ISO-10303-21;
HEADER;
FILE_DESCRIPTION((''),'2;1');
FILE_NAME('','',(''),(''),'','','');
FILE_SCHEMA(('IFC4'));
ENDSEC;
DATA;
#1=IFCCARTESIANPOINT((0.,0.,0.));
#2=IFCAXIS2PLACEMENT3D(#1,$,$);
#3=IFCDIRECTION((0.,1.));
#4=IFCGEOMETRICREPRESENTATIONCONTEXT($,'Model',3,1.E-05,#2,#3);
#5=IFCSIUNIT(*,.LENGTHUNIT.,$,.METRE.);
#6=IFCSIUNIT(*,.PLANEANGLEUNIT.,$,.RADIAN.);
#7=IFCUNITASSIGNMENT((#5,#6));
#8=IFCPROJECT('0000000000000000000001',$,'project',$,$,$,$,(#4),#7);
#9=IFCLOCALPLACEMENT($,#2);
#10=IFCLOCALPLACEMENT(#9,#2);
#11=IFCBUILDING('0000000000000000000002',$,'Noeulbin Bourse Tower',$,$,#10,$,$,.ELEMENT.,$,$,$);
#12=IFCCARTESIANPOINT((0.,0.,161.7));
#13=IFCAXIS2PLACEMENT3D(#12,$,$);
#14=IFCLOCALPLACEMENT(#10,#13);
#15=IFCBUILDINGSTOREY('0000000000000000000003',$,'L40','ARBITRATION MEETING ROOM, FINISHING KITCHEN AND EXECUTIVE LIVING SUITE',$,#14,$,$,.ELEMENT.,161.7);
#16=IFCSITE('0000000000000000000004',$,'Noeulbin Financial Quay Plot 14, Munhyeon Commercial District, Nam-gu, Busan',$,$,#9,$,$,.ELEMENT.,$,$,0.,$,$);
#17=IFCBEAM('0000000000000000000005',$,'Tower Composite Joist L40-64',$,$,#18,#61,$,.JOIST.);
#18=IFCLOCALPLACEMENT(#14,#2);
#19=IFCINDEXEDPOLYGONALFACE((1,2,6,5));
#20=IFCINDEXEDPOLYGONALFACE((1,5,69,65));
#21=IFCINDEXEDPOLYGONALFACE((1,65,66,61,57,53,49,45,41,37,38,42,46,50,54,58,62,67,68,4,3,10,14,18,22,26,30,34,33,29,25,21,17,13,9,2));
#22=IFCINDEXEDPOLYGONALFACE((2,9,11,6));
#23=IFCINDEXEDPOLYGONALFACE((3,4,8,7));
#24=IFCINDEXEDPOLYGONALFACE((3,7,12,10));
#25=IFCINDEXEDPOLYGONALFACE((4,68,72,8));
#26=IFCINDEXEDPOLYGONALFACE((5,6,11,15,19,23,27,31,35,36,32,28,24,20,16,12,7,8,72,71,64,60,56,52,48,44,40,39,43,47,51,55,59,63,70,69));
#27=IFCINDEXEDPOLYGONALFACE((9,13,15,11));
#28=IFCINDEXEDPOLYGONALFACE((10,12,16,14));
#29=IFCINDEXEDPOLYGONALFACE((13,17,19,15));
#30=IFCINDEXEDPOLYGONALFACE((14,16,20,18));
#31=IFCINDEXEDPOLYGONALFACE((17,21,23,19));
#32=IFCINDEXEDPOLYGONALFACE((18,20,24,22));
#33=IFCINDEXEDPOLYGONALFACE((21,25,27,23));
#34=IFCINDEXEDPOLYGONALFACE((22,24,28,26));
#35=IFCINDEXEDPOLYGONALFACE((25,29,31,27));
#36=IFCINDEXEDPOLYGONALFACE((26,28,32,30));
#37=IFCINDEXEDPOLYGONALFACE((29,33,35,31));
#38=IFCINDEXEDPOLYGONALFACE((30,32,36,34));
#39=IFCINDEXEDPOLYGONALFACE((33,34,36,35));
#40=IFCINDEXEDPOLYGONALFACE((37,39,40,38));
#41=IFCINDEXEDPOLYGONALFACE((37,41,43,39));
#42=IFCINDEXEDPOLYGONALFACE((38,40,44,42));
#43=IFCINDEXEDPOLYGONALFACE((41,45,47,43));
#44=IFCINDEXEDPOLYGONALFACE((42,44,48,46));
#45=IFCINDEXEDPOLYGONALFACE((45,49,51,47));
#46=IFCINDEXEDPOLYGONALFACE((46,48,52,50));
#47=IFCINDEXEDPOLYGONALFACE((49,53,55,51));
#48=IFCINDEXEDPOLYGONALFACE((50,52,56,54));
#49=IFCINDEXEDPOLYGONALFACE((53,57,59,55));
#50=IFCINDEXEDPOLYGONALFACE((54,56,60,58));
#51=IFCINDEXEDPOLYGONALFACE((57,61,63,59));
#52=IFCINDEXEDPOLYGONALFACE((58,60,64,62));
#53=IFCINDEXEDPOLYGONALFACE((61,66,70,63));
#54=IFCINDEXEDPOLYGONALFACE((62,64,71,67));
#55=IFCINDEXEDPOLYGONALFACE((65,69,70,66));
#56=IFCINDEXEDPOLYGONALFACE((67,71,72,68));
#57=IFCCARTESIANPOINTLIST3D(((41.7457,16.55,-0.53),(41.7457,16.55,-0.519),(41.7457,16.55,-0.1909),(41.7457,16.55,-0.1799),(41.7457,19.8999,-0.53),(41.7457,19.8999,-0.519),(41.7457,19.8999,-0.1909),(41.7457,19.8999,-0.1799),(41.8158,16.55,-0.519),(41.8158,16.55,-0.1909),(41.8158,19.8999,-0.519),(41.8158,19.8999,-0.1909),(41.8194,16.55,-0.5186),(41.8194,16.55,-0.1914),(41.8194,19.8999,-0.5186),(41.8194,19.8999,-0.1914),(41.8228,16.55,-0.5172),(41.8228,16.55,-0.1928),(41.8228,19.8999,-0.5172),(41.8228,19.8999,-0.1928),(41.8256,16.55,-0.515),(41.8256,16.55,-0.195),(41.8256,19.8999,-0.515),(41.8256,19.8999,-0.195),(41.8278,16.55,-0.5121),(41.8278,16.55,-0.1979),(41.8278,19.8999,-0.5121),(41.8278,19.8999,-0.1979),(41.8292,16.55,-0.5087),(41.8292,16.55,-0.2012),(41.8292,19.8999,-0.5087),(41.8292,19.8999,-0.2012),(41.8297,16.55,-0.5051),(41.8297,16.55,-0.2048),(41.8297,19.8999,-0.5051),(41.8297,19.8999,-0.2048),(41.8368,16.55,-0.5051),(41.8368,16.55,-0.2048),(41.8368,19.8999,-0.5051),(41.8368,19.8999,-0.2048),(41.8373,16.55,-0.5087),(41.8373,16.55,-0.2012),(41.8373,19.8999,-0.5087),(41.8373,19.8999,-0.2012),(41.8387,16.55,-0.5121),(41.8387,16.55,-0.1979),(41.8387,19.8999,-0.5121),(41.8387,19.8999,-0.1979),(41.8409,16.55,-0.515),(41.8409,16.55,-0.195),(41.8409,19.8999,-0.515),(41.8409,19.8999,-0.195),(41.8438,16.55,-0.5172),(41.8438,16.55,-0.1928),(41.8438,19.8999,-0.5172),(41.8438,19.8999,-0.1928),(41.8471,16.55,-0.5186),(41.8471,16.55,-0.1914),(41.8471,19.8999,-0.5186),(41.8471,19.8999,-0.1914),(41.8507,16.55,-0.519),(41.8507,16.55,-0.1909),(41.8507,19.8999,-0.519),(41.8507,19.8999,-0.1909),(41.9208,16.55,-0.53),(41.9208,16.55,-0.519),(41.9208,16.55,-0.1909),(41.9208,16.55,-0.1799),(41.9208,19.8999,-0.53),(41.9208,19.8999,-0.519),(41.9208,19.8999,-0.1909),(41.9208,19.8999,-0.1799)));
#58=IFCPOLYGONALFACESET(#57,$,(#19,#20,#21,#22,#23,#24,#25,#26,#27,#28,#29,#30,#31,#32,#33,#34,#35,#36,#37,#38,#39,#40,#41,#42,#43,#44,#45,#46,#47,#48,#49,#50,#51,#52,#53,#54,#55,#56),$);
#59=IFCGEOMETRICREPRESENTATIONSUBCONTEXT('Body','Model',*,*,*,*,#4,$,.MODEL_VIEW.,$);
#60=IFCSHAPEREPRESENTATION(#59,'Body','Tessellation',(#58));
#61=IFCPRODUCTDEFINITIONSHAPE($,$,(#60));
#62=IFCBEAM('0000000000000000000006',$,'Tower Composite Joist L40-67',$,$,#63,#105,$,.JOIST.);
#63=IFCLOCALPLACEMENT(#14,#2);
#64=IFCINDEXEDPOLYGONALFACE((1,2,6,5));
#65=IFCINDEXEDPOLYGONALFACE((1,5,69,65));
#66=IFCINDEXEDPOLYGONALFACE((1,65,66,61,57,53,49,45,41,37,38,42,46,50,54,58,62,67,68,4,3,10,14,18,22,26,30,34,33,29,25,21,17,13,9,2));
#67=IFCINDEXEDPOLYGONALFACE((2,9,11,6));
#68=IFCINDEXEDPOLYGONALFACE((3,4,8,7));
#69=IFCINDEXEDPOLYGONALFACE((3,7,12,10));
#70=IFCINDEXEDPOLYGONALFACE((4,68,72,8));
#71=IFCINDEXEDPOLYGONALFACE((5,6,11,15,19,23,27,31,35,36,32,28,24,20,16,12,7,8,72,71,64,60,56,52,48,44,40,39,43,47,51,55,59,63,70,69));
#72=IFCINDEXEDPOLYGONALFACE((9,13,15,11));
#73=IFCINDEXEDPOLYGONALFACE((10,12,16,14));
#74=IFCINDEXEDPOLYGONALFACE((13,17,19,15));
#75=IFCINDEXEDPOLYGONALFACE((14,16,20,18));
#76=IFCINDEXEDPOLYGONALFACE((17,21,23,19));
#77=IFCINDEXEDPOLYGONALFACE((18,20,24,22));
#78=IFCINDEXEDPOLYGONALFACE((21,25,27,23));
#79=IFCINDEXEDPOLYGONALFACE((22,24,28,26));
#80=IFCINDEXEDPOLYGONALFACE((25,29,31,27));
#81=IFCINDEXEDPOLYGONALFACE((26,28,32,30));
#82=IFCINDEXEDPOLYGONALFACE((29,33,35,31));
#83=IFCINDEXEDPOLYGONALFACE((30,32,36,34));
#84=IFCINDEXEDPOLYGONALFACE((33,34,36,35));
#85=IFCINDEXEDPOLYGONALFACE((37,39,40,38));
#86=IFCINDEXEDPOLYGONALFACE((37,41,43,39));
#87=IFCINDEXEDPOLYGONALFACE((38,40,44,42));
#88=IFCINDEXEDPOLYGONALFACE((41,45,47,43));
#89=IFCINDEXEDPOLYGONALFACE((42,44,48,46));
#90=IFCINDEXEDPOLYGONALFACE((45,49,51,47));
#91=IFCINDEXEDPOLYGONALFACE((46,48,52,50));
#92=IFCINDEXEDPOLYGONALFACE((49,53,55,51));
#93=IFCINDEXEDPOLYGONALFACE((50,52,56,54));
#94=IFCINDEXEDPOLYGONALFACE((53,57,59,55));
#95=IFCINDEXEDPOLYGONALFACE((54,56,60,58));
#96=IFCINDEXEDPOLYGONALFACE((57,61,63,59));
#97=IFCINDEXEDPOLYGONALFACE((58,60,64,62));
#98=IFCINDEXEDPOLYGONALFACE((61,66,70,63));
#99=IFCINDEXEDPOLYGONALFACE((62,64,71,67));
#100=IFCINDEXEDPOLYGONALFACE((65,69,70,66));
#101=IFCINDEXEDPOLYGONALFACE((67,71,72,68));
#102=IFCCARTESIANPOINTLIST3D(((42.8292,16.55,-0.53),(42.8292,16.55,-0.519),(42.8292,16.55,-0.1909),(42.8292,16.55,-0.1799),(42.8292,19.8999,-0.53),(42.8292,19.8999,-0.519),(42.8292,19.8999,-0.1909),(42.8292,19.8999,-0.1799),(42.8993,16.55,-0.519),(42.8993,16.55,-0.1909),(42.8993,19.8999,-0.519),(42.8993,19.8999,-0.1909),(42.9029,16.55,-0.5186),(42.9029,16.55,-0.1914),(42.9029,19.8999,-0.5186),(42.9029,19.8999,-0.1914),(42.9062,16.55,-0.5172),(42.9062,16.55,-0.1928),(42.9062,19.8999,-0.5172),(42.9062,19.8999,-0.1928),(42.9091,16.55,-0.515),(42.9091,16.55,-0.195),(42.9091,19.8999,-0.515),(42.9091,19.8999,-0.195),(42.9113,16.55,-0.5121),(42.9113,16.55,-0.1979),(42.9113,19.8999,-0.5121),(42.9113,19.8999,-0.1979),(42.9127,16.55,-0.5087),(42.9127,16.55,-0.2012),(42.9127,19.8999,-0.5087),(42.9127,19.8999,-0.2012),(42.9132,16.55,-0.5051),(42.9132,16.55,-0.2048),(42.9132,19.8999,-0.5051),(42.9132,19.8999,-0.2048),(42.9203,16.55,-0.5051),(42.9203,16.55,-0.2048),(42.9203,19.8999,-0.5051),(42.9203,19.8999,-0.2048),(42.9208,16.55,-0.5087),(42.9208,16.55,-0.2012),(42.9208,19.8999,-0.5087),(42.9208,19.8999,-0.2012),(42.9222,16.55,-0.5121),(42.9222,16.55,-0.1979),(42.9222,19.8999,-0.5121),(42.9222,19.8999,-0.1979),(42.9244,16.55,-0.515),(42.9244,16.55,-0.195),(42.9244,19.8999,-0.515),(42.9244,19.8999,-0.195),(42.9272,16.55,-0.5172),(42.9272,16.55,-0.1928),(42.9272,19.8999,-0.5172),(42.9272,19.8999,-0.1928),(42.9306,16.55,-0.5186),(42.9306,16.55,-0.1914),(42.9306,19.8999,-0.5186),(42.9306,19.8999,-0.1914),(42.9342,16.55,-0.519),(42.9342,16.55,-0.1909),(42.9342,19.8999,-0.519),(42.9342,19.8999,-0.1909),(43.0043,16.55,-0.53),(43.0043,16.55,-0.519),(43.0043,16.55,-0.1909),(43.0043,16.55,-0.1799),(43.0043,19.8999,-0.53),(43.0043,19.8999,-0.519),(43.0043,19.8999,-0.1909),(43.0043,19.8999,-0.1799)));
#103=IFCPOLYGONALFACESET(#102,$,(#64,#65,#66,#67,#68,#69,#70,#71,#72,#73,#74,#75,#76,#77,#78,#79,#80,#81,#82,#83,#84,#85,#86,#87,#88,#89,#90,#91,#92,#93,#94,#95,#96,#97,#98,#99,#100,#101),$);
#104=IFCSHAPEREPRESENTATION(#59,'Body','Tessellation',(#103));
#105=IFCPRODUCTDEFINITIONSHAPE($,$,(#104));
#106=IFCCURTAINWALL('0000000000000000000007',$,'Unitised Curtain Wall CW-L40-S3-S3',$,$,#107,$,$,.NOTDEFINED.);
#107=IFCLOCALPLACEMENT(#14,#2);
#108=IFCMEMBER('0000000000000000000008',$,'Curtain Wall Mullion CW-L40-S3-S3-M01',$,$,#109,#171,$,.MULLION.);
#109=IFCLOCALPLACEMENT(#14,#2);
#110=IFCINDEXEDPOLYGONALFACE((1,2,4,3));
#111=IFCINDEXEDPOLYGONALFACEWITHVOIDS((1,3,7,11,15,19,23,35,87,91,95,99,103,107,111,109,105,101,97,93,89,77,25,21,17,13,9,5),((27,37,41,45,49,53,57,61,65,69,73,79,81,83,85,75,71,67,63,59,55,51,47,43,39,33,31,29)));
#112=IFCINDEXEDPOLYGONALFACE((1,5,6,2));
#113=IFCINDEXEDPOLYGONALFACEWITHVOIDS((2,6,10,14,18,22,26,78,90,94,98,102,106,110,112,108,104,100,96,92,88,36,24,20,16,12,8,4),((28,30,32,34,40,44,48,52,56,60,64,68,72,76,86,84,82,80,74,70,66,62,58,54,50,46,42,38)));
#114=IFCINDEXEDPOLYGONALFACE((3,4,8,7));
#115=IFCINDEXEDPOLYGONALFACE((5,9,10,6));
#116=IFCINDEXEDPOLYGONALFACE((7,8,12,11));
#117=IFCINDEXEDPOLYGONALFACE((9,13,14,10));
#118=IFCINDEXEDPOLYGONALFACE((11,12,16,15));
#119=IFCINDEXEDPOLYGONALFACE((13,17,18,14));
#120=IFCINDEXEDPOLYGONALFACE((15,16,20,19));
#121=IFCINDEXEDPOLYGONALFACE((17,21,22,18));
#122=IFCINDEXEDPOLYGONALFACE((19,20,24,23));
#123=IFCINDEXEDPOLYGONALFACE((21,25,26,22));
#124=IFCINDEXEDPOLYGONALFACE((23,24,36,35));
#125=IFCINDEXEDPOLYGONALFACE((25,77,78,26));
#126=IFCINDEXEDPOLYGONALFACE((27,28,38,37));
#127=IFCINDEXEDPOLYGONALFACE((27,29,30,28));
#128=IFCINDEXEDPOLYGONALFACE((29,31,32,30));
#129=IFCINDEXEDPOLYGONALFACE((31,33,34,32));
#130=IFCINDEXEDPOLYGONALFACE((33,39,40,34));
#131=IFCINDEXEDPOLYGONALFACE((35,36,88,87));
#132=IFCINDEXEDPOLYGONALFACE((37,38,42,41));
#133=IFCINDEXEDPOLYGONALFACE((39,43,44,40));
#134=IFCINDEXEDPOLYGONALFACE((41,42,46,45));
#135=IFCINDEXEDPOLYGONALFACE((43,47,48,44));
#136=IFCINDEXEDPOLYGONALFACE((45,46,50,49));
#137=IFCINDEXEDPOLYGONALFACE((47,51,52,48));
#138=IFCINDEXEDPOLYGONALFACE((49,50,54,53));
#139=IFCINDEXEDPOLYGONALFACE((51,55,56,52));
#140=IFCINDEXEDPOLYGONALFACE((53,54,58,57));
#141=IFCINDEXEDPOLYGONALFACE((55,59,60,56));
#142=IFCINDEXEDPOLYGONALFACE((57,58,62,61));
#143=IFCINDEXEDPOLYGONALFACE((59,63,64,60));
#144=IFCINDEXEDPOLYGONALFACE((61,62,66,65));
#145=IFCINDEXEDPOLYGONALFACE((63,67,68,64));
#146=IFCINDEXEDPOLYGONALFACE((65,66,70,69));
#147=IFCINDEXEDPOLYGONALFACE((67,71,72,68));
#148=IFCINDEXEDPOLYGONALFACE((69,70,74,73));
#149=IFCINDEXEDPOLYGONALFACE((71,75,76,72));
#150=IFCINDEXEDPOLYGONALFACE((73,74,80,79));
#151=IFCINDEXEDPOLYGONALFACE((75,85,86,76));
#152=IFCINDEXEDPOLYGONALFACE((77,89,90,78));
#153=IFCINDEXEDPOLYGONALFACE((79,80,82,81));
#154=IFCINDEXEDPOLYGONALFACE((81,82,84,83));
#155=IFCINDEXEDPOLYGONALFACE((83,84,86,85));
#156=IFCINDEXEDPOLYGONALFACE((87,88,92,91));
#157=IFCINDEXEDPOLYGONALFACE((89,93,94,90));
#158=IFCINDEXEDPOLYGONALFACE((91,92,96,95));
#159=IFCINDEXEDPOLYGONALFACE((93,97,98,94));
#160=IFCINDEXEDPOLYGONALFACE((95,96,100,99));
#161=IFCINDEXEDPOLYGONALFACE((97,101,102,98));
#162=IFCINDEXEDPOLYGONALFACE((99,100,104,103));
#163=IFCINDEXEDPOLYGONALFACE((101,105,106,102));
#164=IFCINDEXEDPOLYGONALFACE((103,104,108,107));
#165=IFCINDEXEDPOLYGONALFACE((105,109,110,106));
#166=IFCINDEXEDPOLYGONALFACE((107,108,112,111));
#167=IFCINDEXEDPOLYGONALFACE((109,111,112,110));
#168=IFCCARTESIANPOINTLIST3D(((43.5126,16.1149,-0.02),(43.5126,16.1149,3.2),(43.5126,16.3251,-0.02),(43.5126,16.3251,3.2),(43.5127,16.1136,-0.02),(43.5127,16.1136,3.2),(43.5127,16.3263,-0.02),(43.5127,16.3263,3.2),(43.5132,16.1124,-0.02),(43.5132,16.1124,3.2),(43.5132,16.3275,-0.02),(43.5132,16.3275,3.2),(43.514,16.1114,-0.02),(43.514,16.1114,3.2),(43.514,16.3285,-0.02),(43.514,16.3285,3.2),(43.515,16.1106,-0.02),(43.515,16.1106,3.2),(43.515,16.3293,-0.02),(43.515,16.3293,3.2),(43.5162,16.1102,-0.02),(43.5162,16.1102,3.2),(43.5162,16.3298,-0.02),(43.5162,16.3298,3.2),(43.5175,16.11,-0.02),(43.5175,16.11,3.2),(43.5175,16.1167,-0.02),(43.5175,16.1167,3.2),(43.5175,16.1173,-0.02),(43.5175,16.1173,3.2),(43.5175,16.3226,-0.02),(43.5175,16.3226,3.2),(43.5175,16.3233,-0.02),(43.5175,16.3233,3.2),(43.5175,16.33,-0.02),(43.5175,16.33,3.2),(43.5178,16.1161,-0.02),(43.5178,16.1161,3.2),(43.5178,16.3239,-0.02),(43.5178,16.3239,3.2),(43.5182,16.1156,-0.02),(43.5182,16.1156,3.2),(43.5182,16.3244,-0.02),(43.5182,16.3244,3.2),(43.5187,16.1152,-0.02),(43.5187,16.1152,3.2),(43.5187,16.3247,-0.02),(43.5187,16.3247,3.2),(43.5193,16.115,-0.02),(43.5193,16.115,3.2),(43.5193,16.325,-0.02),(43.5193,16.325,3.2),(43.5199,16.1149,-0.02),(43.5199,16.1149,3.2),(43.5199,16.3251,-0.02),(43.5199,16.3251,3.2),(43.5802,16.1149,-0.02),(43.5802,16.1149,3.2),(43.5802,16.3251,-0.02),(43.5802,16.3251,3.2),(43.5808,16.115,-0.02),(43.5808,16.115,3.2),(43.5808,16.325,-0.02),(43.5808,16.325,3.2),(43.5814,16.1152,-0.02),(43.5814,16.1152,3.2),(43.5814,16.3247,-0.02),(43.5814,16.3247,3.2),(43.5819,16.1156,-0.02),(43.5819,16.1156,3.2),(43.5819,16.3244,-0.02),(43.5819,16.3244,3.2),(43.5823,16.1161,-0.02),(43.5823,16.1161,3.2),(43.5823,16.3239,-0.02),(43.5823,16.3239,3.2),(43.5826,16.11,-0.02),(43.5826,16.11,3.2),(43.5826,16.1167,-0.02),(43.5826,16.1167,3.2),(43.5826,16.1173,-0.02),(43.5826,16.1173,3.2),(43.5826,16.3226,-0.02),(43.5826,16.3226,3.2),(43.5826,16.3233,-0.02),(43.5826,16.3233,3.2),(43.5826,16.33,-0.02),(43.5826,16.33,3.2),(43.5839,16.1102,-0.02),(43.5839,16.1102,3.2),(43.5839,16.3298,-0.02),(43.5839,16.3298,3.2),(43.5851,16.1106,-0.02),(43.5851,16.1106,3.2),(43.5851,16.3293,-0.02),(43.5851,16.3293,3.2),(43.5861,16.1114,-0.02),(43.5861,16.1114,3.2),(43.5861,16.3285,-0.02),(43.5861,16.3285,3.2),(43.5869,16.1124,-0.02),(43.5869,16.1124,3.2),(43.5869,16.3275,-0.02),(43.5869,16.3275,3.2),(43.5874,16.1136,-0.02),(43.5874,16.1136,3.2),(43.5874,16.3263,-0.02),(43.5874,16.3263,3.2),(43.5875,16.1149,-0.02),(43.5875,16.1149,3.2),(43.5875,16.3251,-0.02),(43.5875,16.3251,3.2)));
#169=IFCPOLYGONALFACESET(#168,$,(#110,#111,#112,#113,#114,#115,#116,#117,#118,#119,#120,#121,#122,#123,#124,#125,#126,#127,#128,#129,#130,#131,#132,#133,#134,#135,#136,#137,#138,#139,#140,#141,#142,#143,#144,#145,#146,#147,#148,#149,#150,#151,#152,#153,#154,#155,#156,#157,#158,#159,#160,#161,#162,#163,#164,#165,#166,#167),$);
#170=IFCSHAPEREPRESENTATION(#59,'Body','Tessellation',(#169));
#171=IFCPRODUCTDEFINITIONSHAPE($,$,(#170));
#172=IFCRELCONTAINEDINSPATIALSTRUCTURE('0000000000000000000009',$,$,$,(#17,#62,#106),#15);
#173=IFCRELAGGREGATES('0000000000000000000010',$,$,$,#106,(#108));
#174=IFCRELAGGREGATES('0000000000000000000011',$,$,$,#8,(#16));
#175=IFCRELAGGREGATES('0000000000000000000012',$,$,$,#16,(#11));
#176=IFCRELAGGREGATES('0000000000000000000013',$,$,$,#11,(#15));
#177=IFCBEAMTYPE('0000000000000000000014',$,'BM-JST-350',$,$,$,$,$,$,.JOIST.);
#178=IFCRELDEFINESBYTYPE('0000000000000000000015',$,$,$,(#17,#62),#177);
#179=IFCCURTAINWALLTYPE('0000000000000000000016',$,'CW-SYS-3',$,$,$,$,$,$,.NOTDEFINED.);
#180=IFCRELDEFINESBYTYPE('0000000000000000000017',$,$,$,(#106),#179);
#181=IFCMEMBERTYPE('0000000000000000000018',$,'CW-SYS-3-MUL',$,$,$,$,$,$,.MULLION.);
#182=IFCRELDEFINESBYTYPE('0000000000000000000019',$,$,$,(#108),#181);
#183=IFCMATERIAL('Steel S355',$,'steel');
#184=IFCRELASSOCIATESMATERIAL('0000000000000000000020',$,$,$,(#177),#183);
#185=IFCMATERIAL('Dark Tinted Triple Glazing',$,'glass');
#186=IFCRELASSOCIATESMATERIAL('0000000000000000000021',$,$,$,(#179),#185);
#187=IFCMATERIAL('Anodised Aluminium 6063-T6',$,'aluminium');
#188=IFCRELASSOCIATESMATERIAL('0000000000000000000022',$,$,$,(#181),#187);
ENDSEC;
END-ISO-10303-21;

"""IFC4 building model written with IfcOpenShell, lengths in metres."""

from ifc_helpers import new_model, si_unit, direction, frame, origin, origin_2d, place, context, subcontext, project, spatial, hollow_rectangle, i_section, extrude, material, material_profile, profile_set, type_object, element, aggregate, save


model = new_model("IFC4")

# Units and contexts
model_context = context("Model", 3, precision=1e-05, world=origin(), true_north=direction((0.0, 1.0)))
body_context = subcontext(model_context, "Body", "Model", "MODEL_VIEW")
ifc_project = project(units=[si_unit("LENGTHUNIT", "METRE"), si_unit("PLANEANGLEUNIT", "RADIAN")], contexts=[model_context])

# Site, building, storey
site_placement = place(None, origin())
site = spatial("IfcSite", under=ifc_project, at=site_placement, Name="Noeulbin Financial Quay Plot 14, Munhyeon Commercial District, Nam-gu, Busan", CompositionType="ELEMENT", RefElevation=0.0)
building_placement = place(site_placement, origin())
building = spatial("IfcBuilding", under=site, at=building_placement, Name="Noeulbin Bourse Tower", CompositionType="ELEMENT")
storey_placement = place(building_placement, frame((0.0, 0.0, 161.7)))
storey = spatial("IfcBuildingStorey", under=building, at=storey_placement, Name="L40", Description="ARBITRATION MEETING ROOM, FINISHING KITCHEN AND EXECUTIVE LIVING SUITE", CompositionType="ELEMENT", Elevation=161.7)

# Shared definitions
ifc_material_1 = material(Name="Steel S355", Category="steel")

# Beams
ifc_material_profile_1 = material_profile(ifc_material_1, i_section(OverallWidth=0.175, OverallDepth=0.3501, WebThickness=0.0071, FlangeThickness=0.011, FilletRadius=0.0139, at=origin_2d()), Name="H-350x175x7x11", Category="LoadBearing")
ifc_profile_set_1 = profile_set([ifc_material_profile_1], Name="Steel S355")
beam_type_1 = type_object("IfcBeamType", Name="BM-JST-350", PredefinedType="JOIST", material=ifc_profile_set_1)
for number, where, z_axis, x_axis, name in (
    (1, (41.8333, 16.55, -0.355), (0.0, 1.0, 0.0), (-1.0, 0.0, 0.0), "Tower Composite Joist L40-64"),
    (2, (42.9167, 16.55, -0.355), (0.0, 1.0, 0.0), (-1.0, 0.0, 0.0), "Tower Composite Joist L40-67"),
):
    element("IfcBeam", number, at=place(storey_placement, frame(where, z_axis=z_axis, x_axis=x_axis)), inside=storey, type_object=beam_type_1, Name=name, PredefinedType="JOIST", context=body_context, shape_type="SweptSolid", body=[
        extrude(i_section(OverallWidth=0.175, OverallDepth=0.3501, WebThickness=0.0071, FlangeThickness=0.011, FilletRadius=0.0139, at=origin_2d()), origin(), (0.0, 0.0, 1.0), 3.3499),
    ])

# Curtain wall, member
ifc_material_2 = material(Name="Dark Tinted Triple Glazing", Category="glass")
curtain_wall_type = type_object("IfcCurtainWallType", Name="CW-SYS-3", PredefinedType="NOTDEFINED", material=ifc_material_2)
curtain_wall_1_placement = place(storey_placement, origin())
curtain_wall_1 = element("IfcCurtainWall", 3, at=curtain_wall_1_placement, inside=storey, type_object=curtain_wall_type, Name="Unitised Curtain Wall CW-L40-S3-S3", PredefinedType="NOTDEFINED")
ifc_material_3 = material(Name="Anodised Aluminium 6063-T6", Category="aluminium")
ifc_material_profile_2 = material_profile(ifc_material_3, hollow_rectangle(XDim=0.075, YDim=0.22, WallThickness=0.0049, InnerFilletRadius=0.0024, OuterFilletRadius=0.0049, at=origin_2d()), Name="ALU-MULL-75x220x5", Category="LoadBearing")
ifc_profile_set_2 = profile_set([ifc_material_profile_2], Name="Anodised Aluminium 6063-T6")
member_type_1 = type_object("IfcMemberType", Name="CW-SYS-3-MUL", PredefinedType="MULLION", material=ifc_profile_set_2)
member_1_placement = place(storey_placement, frame((43.55, 16.22, -0.02), z_axis=(0.0, 0.0, 1.0), x_axis=(1.0, 0.0, 0.0)))
member_1 = element("IfcMember", 4, at=member_1_placement, type_object=member_type_1, Name="Curtain Wall Mullion CW-L40-S3-S3-M01", PredefinedType="MULLION", context=body_context, shape_type="SweptSolid", body=[
    extrude(hollow_rectangle(XDim=0.075, YDim=0.22, WallThickness=0.0049, InnerFilletRadius=0.0024, OuterFilletRadius=0.0049, at=origin_2d()), origin(), (0.0, 0.0, 1.0), 3.22),
])

aggregate(curtain_wall_1, [member_1])

save(model, "model.ifc")
